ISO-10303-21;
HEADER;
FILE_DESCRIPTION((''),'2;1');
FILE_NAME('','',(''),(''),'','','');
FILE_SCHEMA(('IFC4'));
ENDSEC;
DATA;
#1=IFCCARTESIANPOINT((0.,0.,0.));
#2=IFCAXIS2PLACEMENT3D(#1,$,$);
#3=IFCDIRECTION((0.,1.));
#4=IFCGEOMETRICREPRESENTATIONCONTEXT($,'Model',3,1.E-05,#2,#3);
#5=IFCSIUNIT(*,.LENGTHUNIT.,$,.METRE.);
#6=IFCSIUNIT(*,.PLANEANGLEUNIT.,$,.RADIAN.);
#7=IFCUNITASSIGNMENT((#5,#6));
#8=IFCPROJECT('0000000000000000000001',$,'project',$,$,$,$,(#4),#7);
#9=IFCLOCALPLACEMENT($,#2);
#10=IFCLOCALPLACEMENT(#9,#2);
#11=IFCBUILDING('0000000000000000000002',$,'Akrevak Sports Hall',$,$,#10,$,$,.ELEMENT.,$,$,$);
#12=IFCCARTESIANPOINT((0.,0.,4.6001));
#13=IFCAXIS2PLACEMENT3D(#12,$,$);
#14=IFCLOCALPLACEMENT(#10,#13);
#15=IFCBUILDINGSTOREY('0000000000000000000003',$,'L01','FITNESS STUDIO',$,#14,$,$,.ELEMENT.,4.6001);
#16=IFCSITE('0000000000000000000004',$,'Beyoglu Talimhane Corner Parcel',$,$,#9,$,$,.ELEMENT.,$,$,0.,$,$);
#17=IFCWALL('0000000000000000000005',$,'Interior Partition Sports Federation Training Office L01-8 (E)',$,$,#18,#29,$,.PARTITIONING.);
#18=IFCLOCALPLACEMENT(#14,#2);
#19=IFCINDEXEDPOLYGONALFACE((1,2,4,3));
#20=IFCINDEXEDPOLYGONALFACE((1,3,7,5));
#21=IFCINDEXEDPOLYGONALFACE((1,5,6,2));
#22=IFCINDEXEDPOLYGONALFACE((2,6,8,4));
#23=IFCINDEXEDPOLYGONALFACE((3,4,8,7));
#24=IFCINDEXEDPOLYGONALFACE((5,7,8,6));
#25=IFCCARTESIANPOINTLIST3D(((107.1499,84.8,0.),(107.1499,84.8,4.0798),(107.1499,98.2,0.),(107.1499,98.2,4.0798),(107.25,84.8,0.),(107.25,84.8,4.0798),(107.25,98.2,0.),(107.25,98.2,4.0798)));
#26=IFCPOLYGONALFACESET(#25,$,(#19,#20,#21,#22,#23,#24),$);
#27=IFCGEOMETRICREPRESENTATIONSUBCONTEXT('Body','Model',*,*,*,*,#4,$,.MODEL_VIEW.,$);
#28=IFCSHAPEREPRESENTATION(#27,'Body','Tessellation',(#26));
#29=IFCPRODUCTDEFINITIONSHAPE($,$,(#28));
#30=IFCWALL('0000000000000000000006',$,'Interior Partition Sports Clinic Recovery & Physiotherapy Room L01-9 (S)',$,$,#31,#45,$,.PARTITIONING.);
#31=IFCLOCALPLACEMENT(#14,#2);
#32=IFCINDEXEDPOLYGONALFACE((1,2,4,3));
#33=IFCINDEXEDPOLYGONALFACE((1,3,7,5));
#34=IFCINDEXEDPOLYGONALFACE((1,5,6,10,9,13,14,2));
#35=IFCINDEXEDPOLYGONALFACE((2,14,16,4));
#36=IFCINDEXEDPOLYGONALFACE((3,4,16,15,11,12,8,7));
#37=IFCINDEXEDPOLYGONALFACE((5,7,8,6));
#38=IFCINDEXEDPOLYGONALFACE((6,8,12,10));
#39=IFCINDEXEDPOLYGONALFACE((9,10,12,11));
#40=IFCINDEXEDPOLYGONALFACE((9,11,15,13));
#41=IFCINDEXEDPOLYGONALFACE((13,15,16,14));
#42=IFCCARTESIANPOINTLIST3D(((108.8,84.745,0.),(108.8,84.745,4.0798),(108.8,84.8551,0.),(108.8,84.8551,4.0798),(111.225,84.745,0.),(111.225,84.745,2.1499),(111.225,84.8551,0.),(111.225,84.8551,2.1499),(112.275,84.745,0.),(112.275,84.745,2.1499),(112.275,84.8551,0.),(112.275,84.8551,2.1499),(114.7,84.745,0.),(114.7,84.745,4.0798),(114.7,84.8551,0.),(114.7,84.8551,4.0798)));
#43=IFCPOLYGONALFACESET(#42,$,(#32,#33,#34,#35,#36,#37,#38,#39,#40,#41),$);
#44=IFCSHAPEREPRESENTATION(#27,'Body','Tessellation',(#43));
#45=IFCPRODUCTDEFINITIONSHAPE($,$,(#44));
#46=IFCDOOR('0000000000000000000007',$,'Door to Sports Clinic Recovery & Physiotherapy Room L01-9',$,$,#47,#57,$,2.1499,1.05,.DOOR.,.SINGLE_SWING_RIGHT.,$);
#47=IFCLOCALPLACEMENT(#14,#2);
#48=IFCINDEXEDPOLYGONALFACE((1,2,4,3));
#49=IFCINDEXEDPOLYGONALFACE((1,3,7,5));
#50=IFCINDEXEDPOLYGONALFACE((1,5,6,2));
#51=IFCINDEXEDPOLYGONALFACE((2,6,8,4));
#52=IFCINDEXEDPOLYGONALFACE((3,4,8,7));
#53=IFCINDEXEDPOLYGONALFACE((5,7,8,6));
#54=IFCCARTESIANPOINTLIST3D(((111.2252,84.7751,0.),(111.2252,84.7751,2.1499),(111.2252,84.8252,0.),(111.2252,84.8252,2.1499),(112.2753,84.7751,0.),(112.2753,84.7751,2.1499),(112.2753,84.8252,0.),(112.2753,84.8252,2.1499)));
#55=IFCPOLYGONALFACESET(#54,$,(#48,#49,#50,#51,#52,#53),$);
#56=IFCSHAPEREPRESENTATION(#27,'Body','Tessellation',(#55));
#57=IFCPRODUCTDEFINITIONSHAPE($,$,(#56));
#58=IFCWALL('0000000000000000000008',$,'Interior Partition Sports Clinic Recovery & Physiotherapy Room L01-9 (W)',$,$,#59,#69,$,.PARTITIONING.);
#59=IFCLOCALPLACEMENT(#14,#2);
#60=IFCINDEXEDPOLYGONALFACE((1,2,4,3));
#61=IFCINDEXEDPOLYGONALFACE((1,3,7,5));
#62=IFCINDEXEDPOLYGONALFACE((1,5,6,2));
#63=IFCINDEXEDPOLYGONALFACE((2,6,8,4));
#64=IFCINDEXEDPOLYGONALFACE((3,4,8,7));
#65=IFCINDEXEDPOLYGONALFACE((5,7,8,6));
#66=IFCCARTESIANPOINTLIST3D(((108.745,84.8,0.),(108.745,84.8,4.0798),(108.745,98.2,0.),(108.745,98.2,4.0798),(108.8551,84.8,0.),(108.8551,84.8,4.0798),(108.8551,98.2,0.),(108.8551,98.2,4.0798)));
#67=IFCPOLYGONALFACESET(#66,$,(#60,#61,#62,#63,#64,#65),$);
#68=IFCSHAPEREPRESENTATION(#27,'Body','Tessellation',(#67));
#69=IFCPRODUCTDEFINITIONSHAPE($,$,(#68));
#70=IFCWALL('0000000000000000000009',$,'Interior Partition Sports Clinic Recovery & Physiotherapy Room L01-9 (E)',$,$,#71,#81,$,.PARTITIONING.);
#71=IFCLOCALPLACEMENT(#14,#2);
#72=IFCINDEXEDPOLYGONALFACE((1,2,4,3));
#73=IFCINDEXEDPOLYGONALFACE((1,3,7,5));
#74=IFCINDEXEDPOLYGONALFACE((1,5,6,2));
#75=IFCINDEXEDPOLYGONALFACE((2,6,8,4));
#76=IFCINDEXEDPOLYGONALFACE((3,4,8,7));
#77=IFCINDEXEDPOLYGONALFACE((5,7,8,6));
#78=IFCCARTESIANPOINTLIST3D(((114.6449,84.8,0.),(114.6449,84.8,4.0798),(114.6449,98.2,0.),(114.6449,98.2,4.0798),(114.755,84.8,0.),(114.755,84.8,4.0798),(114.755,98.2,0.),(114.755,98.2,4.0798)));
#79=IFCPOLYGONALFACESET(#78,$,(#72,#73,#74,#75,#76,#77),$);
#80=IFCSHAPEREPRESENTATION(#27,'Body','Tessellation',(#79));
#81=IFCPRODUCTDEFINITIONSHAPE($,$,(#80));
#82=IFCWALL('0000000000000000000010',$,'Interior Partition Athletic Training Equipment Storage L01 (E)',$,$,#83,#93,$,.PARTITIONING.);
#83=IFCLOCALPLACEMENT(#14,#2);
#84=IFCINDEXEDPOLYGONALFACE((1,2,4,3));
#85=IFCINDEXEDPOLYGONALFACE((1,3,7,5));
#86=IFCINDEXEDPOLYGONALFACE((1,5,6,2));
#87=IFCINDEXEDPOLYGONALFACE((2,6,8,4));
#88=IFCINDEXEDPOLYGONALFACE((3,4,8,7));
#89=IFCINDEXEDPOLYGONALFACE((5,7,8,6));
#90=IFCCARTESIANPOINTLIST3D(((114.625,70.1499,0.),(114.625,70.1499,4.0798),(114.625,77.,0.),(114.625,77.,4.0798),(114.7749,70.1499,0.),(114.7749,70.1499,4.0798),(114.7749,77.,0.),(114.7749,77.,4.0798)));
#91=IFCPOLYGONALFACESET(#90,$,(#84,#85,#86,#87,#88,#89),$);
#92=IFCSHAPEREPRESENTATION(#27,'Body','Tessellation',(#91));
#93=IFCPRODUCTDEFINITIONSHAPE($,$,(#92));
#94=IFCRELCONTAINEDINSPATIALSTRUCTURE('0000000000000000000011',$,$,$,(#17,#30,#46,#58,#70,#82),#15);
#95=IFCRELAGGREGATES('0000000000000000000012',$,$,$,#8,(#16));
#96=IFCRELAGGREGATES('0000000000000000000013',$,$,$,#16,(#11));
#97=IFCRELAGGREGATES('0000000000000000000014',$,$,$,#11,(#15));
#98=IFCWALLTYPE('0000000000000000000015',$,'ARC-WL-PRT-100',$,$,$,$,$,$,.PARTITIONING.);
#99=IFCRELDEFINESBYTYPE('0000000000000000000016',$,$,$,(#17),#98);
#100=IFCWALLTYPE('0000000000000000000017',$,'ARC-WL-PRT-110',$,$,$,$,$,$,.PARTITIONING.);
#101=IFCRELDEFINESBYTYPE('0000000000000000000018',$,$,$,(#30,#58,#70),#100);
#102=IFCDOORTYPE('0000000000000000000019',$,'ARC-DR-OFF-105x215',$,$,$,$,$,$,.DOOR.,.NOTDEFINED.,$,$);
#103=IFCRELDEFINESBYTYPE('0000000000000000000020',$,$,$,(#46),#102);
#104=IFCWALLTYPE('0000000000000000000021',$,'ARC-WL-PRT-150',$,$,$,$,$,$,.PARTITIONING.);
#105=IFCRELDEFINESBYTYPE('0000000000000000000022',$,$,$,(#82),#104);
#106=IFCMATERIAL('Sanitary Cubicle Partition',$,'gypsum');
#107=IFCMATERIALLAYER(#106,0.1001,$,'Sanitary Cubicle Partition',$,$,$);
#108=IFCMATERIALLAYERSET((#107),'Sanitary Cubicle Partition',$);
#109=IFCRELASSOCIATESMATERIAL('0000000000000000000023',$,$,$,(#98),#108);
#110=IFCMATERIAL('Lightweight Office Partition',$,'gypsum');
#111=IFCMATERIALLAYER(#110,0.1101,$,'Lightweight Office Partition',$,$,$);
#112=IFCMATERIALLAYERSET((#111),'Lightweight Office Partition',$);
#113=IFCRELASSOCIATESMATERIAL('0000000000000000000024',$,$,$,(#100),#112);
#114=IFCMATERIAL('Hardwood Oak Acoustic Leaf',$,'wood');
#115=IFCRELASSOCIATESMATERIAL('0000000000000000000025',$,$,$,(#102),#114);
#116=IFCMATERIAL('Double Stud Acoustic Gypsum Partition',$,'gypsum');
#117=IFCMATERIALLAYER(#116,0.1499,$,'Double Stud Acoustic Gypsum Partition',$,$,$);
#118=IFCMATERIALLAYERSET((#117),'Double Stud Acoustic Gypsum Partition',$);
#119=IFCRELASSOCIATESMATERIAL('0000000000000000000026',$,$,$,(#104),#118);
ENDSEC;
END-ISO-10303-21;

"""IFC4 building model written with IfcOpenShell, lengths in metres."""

from ifc_helpers import new_model, si_unit, direction, frame, frame_2d, origin, place, context, subcontext, project, spatial, rectangle, extrude, material, layer, layer_set, type_object, element, fill, save


model = new_model("IFC4")

# Units and contexts
model_context = context("Model", 3, precision=1e-05, world=origin(), true_north=direction((0.0, 1.0)))
body_context = subcontext(model_context, "Body", "Model", "MODEL_VIEW")
ifc_project = project(units=[si_unit("LENGTHUNIT", "METRE"), si_unit("PLANEANGLEUNIT", "RADIAN")], contexts=[model_context])

# Site, building, storey
site_placement = place(None, origin())
site = spatial("IfcSite", under=ifc_project, at=site_placement, Name="Beyoglu Talimhane Corner Parcel", CompositionType="ELEMENT", RefElevation=0.0)
building_placement = place(site_placement, origin())
building = spatial("IfcBuilding", under=site, at=building_placement, Name="Akrevak Sports Hall", CompositionType="ELEMENT")
storey_placement = place(building_placement, frame((0.0, 0.0, 4.6001)))
storey = spatial("IfcBuildingStorey", under=building, at=storey_placement, Name="L01", Description="FITNESS STUDIO", CompositionType="ELEMENT", Elevation=4.6001)

# Wall
ifc_material_1 = material(Name="Sanitary Cubicle Partition", Category="gypsum")
ifc_layer_1 = layer(ifc_material_1, 0.1001, Name="Sanitary Cubicle Partition")
ifc_layer_set_1 = layer_set([ifc_layer_1], Name="Sanitary Cubicle Partition")
wall_type_1 = type_object("IfcWallType", Name="ARC-WL-PRT-100", PredefinedType="PARTITIONING", material=ifc_layer_set_1)
wall_1_placement = place(storey_placement, frame((107.2, 84.8, 0.0), z_axis=(0.0, 0.0, 1.0), x_axis=(0.0, 1.0, 0.0)))
element("IfcWall", 1, at=wall_1_placement, inside=storey, type_object=wall_type_1, Name="Interior Partition Sports Federation Training Office L01-8 (E)", PredefinedType="PARTITIONING", context=body_context, shape_type="SweptSolid", body=[
    extrude(rectangle(XDim=13.3999, YDim=0.1001, at=frame_2d((6.7, 0.0))), origin(), (0.0, 0.0, 1.0), 4.0798),
])

# Wall, opening, door
ifc_material_2 = material(Name="Lightweight Office Partition", Category="gypsum")
ifc_layer_2 = layer(ifc_material_2, 0.1101, Name="Lightweight Office Partition")
ifc_layer_set_2 = layer_set([ifc_layer_2], Name="Lightweight Office Partition")
wall_type_2 = type_object("IfcWallType", Name="ARC-WL-PRT-110", PredefinedType="PARTITIONING", material=ifc_layer_set_2)
wall_2_placement = place(storey_placement, frame((108.8, 84.8, 0.0), z_axis=(0.0, 0.0, 1.0), x_axis=(1.0, 0.0, 0.0)))
wall_2 = element("IfcWall", 2, at=wall_2_placement, inside=storey, type_object=wall_type_2, Name="Interior Partition Sports Clinic Recovery & Physiotherapy Room L01-9 (S)", PredefinedType="PARTITIONING", context=body_context, shape_type="SweptSolid", body=[
    extrude(rectangle(XDim=5.8999, YDim=0.1101, at=frame_2d((2.95, 0.0))), origin(), (0.0, 0.0, 1.0), 4.0798),
])
opening_placement = place(wall_2_placement, frame((2.425, 0.0, 0.0)))
opening = element("IfcOpeningElement", 3, at=opening_placement, cuts=wall_2, PredefinedType="OPENING", context=body_context, shape_type="SweptSolid", body=[
    extrude(rectangle(XDim=1.05, YDim=2.1499, at=frame_2d((0.5249, 1.075))), frame((0.0, 0.0669, 0.0), z_axis=(0.0, -1.0, 0.0), x_axis=(1.0, 0.0, 0.0)), (0.0, 0.0, 1.0), 0.134),
])
ifc_material_3 = material(Name="Hardwood Oak Acoustic Leaf", Category="wood")
door_type = type_object("IfcDoorType", Name="ARC-DR-OFF-105x215", OperationType="NOTDEFINED", PredefinedType="DOOR", material=ifc_material_3)
door_placement = place(opening_placement, frame((1.05, 0.0, 0.0), z_axis=(0.0, 0.0, 1.0), x_axis=(-1.0, 0.0, 0.0)))
door = element("IfcDoor", 4, at=door_placement, inside=storey, type_object=door_type, Name="Door to Sports Clinic Recovery & Physiotherapy Room L01-9", OperationType="SINGLE_SWING_RIGHT", OverallHeight=2.1499, OverallWidth=1.05, PredefinedType="DOOR", context=body_context, shape_type="SweptSolid", body=[
    extrude(rectangle(XDim=1.05, YDim=2.1499, at=frame_2d((0.5249, 1.075))), frame((0.0, 0.0249, 0.0), z_axis=(0.0, -1.0, 0.0), x_axis=(1.0, 0.0, 0.0)), (0.0, 0.0, 1.0), 0.05),
])
fill(opening, door)

# Walls
for number, where, z_axis, x_axis, name in (
    (5, (108.8, 84.8, 0.0), (0.0, 0.0, 1.0), (0.0, 1.0, 0.0), "Interior Partition Sports Clinic Recovery & Physiotherapy Room L01-9 (W)"),
    (6, (114.7, 84.8, 0.0), (0.0, 0.0, 1.0), (0.0, 1.0, 0.0), "Interior Partition Sports Clinic Recovery & Physiotherapy Room L01-9 (E)"),
):
    element("IfcWall", number, at=place(storey_placement, frame(where, z_axis=z_axis, x_axis=x_axis)), inside=storey, type_object=wall_type_2, Name=name, PredefinedType="PARTITIONING", context=body_context, shape_type="SweptSolid", body=[
        extrude(rectangle(XDim=13.3999, YDim=0.1101, at=frame_2d((6.7, 0.0))), origin(), (0.0, 0.0, 1.0), 4.0798),
    ])
ifc_material_4 = material(Name="Double Stud Acoustic Gypsum Partition", Category="gypsum")
ifc_layer_3 = layer(ifc_material_4, 0.1499, Name="Double Stud Acoustic Gypsum Partition")
ifc_layer_set_3 = layer_set([ifc_layer_3], Name="Double Stud Acoustic Gypsum Partition")
wall_type_3 = type_object("IfcWallType", Name="ARC-WL-PRT-150", PredefinedType="PARTITIONING", material=ifc_layer_set_3)
wall_3_placement = place(storey_placement, frame((114.7, 70.1499, 0.0), z_axis=(0.0, 0.0, 1.0), x_axis=(0.0, 1.0, 0.0)))
element("IfcWall", 7, at=wall_3_placement, inside=storey, type_object=wall_type_3, Name="Interior Partition Athletic Training Equipment Storage L01 (E)", PredefinedType="PARTITIONING", context=body_context, shape_type="SweptSolid", body=[
    extrude(rectangle(XDim=6.8501, YDim=0.1499, at=frame_2d((3.425, 0.0))), origin(), (0.0, 0.0, 1.0), 4.0798),
])

save(model, "model.ifc")
